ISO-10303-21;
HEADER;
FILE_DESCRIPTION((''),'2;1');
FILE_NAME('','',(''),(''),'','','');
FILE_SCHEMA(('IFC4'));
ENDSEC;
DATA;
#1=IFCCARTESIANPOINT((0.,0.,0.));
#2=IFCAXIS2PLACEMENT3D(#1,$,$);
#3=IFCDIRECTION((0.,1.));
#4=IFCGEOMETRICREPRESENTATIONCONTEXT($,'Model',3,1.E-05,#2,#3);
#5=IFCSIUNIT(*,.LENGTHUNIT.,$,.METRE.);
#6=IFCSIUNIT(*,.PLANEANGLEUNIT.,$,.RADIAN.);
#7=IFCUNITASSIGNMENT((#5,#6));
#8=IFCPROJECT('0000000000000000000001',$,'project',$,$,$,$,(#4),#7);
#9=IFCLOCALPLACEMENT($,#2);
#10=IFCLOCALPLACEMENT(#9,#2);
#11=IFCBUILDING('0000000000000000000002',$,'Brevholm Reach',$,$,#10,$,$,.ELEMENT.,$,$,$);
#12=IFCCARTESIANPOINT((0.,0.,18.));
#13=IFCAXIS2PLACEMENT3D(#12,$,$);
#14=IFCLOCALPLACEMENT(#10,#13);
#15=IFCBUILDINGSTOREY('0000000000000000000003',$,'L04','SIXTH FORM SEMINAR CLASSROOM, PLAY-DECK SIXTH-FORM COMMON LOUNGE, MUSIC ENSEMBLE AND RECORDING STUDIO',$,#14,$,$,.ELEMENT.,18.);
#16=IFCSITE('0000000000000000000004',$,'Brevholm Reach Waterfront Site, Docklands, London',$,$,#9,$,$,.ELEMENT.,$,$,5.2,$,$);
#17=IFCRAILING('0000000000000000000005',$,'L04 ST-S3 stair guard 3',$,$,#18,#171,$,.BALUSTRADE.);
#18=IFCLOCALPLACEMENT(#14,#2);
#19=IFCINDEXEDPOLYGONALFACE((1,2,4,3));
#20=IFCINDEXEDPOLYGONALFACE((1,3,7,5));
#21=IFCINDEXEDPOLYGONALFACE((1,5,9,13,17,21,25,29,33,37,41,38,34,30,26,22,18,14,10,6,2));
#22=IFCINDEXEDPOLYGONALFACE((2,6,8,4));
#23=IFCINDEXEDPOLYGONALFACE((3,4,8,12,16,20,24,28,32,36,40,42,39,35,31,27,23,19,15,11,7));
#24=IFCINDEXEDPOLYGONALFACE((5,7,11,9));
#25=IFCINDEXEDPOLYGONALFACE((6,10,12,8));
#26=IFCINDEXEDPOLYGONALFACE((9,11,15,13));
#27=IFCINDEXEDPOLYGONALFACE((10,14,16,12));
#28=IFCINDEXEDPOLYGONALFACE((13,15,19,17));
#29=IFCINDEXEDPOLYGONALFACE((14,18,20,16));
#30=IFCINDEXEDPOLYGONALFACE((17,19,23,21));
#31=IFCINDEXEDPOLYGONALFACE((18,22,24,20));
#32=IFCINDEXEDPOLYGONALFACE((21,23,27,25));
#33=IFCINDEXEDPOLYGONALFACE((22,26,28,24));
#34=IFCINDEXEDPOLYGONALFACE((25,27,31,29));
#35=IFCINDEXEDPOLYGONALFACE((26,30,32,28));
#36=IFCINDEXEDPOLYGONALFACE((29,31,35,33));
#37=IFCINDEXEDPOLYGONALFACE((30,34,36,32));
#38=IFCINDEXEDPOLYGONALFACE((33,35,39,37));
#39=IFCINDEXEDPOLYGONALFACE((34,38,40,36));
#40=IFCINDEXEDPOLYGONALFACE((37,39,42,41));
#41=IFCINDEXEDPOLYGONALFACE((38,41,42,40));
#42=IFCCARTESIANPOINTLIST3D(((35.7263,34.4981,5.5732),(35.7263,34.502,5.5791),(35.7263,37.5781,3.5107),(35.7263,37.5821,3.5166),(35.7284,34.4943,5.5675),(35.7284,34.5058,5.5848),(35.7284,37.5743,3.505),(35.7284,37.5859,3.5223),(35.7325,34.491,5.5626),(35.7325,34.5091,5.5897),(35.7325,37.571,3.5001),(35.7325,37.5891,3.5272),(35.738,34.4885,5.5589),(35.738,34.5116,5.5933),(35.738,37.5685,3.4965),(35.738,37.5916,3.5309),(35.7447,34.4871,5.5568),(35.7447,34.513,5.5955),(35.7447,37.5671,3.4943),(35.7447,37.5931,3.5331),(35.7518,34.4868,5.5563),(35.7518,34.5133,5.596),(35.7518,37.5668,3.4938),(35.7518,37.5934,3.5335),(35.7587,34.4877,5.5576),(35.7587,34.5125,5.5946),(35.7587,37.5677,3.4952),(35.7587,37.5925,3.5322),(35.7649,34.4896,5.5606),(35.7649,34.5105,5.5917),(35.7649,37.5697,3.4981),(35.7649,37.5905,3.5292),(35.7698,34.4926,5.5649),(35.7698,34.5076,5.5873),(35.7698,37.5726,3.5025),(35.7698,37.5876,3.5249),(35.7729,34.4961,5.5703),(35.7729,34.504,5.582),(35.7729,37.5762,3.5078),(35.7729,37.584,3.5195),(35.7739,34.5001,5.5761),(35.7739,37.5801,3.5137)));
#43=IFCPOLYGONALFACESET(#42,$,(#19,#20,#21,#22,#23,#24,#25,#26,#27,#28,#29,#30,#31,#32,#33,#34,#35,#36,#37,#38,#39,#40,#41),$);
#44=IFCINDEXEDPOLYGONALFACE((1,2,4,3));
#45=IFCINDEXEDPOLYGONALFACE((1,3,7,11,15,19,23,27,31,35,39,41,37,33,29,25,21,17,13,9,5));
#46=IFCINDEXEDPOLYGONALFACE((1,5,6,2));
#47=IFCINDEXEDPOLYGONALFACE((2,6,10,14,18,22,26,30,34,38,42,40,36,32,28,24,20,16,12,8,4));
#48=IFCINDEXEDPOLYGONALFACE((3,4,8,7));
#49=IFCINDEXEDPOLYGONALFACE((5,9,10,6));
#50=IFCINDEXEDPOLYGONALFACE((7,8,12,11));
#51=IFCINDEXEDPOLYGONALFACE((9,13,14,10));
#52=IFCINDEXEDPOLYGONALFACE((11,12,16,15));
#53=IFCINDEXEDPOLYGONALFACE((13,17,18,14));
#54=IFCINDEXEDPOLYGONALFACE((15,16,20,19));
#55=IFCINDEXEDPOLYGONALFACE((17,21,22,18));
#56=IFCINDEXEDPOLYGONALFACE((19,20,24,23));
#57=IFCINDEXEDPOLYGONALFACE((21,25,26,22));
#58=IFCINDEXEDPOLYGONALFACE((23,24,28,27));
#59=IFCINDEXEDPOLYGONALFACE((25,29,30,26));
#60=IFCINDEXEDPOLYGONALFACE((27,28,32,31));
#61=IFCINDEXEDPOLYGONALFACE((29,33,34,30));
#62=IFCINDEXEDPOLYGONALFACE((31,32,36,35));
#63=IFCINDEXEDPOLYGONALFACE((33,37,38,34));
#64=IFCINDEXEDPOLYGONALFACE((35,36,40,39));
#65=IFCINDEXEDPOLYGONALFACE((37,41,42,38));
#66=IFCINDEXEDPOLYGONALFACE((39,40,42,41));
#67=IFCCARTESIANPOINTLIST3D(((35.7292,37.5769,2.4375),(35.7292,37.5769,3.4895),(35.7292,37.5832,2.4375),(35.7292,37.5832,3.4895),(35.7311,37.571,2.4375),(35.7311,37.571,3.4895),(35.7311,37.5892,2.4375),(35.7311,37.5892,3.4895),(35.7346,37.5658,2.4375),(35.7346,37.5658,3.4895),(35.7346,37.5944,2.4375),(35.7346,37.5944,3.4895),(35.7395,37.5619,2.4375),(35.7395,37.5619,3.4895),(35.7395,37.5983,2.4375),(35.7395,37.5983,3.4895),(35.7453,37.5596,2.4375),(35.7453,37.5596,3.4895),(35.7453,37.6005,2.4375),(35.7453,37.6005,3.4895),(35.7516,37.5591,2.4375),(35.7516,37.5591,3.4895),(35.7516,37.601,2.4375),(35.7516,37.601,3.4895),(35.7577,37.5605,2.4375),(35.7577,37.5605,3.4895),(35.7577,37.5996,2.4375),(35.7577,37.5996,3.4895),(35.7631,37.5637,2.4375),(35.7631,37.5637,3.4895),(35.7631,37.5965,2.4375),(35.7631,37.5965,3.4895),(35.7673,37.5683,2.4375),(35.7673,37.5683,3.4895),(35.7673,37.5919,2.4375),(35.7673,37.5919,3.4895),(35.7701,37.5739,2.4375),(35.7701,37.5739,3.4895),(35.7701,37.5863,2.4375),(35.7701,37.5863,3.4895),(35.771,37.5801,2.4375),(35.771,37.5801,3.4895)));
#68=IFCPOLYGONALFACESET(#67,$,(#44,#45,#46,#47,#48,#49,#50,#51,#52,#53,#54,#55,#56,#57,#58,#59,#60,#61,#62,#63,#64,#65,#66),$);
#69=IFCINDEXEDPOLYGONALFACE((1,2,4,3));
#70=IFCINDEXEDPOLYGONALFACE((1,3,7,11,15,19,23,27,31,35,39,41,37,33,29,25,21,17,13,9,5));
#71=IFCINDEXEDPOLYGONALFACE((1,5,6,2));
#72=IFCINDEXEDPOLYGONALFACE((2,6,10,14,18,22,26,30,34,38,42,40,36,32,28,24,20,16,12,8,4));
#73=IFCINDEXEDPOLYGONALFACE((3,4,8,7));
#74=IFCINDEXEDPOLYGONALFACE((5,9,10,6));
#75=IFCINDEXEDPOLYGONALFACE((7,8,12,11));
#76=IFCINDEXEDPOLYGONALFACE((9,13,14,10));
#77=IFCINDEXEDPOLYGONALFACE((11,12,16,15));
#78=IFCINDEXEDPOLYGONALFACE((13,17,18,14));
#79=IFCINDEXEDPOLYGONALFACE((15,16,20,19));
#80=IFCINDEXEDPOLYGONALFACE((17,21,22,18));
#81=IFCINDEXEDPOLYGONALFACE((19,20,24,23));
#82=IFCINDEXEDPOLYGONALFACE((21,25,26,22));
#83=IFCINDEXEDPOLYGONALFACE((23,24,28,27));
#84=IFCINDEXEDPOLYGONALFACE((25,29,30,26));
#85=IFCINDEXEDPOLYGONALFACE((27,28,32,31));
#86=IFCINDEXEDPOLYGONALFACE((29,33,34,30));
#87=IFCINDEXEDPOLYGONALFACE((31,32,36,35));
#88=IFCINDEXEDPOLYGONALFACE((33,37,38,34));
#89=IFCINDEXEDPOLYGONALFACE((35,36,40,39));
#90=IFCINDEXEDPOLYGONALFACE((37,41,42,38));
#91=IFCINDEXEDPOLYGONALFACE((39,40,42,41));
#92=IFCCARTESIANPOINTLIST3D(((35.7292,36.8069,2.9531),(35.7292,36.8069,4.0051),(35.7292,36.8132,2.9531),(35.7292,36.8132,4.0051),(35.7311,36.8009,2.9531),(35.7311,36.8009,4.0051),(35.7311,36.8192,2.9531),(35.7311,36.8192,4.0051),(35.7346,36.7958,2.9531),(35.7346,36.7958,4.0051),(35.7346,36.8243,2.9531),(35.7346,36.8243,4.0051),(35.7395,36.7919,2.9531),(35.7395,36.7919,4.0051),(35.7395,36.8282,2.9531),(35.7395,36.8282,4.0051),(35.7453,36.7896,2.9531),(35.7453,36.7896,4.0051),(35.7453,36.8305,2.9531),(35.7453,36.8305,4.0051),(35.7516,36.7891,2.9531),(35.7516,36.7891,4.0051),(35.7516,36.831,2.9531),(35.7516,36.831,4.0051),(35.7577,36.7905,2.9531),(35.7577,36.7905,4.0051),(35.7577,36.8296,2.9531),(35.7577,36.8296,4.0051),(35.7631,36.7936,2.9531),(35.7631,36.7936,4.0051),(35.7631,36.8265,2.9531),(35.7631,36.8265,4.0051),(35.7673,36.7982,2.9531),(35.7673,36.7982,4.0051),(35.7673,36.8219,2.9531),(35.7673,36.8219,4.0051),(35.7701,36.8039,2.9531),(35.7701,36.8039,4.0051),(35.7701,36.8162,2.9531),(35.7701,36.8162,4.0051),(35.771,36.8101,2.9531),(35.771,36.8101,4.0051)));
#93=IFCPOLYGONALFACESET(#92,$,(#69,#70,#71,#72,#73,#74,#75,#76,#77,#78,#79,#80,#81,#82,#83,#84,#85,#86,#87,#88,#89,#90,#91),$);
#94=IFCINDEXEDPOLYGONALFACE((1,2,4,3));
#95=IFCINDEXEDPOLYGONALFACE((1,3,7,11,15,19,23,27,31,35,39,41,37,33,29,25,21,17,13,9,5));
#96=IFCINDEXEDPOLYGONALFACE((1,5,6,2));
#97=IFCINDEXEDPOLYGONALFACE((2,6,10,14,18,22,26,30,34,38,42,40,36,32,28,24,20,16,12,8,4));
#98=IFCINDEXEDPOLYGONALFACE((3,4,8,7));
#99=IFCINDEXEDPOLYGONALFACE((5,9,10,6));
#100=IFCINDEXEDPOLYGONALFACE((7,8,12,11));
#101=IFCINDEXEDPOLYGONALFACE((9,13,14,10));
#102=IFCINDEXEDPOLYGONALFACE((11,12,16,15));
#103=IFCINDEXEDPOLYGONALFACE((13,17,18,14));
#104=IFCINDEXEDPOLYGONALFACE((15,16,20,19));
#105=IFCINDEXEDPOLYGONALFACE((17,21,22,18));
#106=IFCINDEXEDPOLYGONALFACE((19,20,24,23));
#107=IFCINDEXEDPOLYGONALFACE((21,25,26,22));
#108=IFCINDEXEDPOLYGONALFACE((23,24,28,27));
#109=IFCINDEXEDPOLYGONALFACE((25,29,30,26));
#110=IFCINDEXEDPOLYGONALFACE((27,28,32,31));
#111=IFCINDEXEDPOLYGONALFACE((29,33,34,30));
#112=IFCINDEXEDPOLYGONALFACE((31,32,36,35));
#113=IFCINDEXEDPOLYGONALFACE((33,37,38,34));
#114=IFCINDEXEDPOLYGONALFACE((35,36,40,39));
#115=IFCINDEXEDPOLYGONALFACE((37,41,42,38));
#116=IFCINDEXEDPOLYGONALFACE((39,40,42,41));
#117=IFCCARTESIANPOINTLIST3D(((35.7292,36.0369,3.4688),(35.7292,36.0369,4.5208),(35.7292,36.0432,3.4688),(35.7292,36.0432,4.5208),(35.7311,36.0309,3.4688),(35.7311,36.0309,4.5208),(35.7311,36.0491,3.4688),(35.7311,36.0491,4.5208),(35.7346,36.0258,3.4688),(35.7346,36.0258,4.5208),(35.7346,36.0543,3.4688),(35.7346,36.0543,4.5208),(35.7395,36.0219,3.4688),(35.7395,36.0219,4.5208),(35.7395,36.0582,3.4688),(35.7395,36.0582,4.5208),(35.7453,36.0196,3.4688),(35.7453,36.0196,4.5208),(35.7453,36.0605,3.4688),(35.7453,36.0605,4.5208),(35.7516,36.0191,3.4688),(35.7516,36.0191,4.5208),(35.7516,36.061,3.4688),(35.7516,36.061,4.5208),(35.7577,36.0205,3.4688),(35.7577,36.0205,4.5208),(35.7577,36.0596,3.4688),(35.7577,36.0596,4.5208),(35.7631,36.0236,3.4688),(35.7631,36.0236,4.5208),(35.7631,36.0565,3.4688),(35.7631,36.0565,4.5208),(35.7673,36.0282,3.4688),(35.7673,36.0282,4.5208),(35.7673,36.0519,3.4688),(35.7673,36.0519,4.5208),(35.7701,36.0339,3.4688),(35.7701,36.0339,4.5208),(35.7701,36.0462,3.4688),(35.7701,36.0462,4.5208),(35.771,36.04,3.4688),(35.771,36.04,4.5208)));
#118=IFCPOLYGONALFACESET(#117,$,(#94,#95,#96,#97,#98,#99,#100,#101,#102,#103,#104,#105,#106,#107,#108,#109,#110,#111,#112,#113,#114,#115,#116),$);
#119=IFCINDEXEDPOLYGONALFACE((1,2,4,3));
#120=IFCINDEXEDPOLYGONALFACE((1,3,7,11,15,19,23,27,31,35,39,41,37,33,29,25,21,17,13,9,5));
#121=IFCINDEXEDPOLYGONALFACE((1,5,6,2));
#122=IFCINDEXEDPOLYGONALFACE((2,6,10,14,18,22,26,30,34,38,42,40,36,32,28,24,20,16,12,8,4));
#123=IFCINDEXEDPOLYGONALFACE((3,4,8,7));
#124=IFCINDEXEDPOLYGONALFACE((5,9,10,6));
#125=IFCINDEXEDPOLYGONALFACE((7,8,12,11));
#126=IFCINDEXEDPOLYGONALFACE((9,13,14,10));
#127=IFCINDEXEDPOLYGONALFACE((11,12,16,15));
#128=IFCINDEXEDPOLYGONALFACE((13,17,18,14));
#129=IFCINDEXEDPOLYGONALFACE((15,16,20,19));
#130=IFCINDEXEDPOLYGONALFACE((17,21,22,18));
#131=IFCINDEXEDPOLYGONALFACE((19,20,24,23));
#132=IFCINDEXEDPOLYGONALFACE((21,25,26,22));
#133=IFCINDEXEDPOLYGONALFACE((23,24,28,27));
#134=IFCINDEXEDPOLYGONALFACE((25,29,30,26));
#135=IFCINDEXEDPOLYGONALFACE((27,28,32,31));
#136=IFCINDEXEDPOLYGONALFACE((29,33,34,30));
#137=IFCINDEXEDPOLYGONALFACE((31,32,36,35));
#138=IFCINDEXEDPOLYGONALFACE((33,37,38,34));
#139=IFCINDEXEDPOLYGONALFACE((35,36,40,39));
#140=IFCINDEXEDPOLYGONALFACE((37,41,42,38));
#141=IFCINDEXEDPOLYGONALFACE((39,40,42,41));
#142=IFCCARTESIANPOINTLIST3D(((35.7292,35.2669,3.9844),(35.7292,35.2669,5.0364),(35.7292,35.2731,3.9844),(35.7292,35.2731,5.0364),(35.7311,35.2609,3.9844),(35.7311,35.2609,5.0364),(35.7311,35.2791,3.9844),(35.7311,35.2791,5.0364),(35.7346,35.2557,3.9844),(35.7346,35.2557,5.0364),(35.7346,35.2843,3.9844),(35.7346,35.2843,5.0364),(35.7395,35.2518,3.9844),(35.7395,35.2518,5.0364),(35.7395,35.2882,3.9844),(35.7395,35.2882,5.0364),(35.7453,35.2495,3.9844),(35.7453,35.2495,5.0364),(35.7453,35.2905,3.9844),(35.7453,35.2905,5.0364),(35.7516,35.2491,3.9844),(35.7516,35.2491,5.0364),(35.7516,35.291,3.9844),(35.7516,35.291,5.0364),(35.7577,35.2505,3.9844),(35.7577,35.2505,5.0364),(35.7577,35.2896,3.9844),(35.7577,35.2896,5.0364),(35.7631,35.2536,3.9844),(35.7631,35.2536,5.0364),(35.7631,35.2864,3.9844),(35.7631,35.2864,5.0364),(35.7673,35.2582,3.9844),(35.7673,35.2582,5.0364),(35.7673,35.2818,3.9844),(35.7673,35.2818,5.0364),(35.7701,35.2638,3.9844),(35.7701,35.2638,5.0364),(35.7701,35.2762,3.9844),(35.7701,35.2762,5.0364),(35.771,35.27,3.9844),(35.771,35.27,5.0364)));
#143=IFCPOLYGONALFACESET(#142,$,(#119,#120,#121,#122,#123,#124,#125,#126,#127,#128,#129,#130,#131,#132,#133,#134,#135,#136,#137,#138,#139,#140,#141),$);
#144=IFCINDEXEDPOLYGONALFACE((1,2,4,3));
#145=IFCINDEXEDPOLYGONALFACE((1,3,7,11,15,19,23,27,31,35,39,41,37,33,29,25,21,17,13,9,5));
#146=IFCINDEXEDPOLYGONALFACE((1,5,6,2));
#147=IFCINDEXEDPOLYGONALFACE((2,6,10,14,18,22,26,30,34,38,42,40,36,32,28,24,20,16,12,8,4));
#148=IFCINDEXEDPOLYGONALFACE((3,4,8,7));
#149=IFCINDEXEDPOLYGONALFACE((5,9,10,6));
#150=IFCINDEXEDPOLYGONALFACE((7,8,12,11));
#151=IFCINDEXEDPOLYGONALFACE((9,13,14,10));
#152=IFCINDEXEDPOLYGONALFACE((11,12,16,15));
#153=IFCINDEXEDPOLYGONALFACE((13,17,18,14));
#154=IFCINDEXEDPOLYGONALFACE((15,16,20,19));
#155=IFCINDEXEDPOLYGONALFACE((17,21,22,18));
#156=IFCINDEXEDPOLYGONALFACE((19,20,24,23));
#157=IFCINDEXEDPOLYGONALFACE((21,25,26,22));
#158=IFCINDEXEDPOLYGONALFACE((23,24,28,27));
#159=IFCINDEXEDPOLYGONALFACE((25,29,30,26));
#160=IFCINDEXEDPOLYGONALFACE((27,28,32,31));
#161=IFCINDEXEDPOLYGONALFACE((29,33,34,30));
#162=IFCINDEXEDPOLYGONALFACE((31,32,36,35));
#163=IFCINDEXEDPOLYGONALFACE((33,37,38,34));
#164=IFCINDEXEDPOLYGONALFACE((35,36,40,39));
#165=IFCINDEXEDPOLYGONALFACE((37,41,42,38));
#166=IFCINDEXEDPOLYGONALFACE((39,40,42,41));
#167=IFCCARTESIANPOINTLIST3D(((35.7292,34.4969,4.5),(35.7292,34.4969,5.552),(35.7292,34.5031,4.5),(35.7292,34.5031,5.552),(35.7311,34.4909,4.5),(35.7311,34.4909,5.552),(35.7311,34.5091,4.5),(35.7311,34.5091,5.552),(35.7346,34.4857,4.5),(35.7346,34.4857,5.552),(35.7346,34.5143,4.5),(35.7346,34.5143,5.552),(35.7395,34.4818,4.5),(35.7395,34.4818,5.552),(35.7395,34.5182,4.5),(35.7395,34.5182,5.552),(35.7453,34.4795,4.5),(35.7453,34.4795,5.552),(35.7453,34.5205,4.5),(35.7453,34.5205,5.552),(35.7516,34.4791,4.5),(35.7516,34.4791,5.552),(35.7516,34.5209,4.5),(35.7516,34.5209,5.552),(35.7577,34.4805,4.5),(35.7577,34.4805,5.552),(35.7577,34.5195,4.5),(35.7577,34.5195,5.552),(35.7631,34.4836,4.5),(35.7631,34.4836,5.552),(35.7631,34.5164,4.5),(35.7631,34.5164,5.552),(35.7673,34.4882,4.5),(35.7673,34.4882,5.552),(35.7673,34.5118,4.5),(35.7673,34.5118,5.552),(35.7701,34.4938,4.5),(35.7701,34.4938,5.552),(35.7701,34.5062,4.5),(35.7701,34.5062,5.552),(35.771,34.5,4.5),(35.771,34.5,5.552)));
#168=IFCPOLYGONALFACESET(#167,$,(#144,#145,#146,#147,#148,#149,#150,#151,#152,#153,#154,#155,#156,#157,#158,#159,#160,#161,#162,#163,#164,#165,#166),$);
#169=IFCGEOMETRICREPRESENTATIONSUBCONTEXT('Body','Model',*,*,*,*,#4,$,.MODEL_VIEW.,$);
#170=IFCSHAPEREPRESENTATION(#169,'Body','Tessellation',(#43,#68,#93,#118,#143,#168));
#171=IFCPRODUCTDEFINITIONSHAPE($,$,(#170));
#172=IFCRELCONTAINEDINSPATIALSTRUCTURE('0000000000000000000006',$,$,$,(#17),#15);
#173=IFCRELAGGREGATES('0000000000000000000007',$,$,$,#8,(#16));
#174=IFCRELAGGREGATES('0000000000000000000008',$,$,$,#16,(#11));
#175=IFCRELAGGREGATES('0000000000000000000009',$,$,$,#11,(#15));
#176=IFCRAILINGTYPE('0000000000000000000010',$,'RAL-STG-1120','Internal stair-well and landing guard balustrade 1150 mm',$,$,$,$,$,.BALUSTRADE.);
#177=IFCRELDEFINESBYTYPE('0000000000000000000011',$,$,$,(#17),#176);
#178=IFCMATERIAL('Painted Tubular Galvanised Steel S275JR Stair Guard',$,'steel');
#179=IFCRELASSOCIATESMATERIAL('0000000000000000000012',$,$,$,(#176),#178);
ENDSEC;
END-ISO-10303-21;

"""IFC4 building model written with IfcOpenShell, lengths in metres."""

from ifc_helpers import new_model, si_unit, direction, frame, origin, origin_2d, place, context, subcontext, project, spatial, circle, extrude, material, type_object, element, save


model = new_model("IFC4")

# Units and contexts
model_context = context("Model", 3, precision=1e-05, world=origin(), true_north=direction((0.0, 1.0)))
body_context = subcontext(model_context, "Body", "Model", "MODEL_VIEW")
ifc_project = project(units=[si_unit("LENGTHUNIT", "METRE"), si_unit("PLANEANGLEUNIT", "RADIAN")], contexts=[model_context])

# Site, building, storey
site_placement = place(None, origin())
site = spatial("IfcSite", under=ifc_project, at=site_placement, Name="Brevholm Reach Waterfront Site, Docklands, London", CompositionType="ELEMENT", RefElevation=5.2)
building_placement = place(site_placement, origin())
building = spatial("IfcBuilding", under=site, at=building_placement, Name="Brevholm Reach", CompositionType="ELEMENT")
storey_placement = place(building_placement, frame((0.0, 0.0, 18.0)))
storey = spatial("IfcBuildingStorey", under=building, at=storey_placement, Name="L04", Description="SIXTH FORM SEMINAR CLASSROOM, PLAY-DECK SIXTH-FORM COMMON LOUNGE, MUSIC ENSEMBLE AND RECORDING STUDIO", CompositionType="ELEMENT", Elevation=18.0)

# Railing
ifc_material_1 = material(Name="Painted Tubular Galvanised Steel S275JR Stair Guard", Category="steel")
railing_type_1 = type_object("IfcRailingType", Name="RAL-STG-1120", Description="Internal stair-well and landing guard balustrade 1150 mm", PredefinedType="BALUSTRADE", material=ifc_material_1)
railing_1_placement = place(storey_placement, frame((35.75, 37.5801, 2.4375)))
element("IfcRailing", 1, at=railing_1_placement, inside=storey, type_object=railing_type_1, Name="L04 ST-S3 stair guard 3", PredefinedType="BALUSTRADE", context=body_context, shape_type="SweptSolid", body=[
    extrude(circle(Radius=0.0239, at=origin_2d()), frame((0.0, 0.0, 1.0762), z_axis=(0.0, -0.830914, 0.556401), x_axis=(1.0, 0.0, 0.0)), (0.0, 0.0, 1.0), 3.7068),
    extrude(circle(Radius=0.021, at=origin_2d()), origin(), (0.0, 0.0, 1.0), 1.052),
    extrude(circle(Radius=0.021, at=origin_2d()), frame((0.0, -0.77, 0.5156)), (0.0, 0.0, 1.0), 1.052),
    extrude(circle(Radius=0.021, at=origin_2d()), frame((0.0, -1.54, 1.0312)), (0.0, 0.0, 1.0), 1.052),
    extrude(circle(Radius=0.021, at=origin_2d()), frame((0.0, -2.3101, 1.5469)), (0.0, 0.0, 1.0), 1.052),
    extrude(circle(Radius=0.021, at=origin_2d()), frame((0.0, -3.0801, 2.0625)), (0.0, 0.0, 1.0), 1.052),
])

save(model, "model.ifc")
